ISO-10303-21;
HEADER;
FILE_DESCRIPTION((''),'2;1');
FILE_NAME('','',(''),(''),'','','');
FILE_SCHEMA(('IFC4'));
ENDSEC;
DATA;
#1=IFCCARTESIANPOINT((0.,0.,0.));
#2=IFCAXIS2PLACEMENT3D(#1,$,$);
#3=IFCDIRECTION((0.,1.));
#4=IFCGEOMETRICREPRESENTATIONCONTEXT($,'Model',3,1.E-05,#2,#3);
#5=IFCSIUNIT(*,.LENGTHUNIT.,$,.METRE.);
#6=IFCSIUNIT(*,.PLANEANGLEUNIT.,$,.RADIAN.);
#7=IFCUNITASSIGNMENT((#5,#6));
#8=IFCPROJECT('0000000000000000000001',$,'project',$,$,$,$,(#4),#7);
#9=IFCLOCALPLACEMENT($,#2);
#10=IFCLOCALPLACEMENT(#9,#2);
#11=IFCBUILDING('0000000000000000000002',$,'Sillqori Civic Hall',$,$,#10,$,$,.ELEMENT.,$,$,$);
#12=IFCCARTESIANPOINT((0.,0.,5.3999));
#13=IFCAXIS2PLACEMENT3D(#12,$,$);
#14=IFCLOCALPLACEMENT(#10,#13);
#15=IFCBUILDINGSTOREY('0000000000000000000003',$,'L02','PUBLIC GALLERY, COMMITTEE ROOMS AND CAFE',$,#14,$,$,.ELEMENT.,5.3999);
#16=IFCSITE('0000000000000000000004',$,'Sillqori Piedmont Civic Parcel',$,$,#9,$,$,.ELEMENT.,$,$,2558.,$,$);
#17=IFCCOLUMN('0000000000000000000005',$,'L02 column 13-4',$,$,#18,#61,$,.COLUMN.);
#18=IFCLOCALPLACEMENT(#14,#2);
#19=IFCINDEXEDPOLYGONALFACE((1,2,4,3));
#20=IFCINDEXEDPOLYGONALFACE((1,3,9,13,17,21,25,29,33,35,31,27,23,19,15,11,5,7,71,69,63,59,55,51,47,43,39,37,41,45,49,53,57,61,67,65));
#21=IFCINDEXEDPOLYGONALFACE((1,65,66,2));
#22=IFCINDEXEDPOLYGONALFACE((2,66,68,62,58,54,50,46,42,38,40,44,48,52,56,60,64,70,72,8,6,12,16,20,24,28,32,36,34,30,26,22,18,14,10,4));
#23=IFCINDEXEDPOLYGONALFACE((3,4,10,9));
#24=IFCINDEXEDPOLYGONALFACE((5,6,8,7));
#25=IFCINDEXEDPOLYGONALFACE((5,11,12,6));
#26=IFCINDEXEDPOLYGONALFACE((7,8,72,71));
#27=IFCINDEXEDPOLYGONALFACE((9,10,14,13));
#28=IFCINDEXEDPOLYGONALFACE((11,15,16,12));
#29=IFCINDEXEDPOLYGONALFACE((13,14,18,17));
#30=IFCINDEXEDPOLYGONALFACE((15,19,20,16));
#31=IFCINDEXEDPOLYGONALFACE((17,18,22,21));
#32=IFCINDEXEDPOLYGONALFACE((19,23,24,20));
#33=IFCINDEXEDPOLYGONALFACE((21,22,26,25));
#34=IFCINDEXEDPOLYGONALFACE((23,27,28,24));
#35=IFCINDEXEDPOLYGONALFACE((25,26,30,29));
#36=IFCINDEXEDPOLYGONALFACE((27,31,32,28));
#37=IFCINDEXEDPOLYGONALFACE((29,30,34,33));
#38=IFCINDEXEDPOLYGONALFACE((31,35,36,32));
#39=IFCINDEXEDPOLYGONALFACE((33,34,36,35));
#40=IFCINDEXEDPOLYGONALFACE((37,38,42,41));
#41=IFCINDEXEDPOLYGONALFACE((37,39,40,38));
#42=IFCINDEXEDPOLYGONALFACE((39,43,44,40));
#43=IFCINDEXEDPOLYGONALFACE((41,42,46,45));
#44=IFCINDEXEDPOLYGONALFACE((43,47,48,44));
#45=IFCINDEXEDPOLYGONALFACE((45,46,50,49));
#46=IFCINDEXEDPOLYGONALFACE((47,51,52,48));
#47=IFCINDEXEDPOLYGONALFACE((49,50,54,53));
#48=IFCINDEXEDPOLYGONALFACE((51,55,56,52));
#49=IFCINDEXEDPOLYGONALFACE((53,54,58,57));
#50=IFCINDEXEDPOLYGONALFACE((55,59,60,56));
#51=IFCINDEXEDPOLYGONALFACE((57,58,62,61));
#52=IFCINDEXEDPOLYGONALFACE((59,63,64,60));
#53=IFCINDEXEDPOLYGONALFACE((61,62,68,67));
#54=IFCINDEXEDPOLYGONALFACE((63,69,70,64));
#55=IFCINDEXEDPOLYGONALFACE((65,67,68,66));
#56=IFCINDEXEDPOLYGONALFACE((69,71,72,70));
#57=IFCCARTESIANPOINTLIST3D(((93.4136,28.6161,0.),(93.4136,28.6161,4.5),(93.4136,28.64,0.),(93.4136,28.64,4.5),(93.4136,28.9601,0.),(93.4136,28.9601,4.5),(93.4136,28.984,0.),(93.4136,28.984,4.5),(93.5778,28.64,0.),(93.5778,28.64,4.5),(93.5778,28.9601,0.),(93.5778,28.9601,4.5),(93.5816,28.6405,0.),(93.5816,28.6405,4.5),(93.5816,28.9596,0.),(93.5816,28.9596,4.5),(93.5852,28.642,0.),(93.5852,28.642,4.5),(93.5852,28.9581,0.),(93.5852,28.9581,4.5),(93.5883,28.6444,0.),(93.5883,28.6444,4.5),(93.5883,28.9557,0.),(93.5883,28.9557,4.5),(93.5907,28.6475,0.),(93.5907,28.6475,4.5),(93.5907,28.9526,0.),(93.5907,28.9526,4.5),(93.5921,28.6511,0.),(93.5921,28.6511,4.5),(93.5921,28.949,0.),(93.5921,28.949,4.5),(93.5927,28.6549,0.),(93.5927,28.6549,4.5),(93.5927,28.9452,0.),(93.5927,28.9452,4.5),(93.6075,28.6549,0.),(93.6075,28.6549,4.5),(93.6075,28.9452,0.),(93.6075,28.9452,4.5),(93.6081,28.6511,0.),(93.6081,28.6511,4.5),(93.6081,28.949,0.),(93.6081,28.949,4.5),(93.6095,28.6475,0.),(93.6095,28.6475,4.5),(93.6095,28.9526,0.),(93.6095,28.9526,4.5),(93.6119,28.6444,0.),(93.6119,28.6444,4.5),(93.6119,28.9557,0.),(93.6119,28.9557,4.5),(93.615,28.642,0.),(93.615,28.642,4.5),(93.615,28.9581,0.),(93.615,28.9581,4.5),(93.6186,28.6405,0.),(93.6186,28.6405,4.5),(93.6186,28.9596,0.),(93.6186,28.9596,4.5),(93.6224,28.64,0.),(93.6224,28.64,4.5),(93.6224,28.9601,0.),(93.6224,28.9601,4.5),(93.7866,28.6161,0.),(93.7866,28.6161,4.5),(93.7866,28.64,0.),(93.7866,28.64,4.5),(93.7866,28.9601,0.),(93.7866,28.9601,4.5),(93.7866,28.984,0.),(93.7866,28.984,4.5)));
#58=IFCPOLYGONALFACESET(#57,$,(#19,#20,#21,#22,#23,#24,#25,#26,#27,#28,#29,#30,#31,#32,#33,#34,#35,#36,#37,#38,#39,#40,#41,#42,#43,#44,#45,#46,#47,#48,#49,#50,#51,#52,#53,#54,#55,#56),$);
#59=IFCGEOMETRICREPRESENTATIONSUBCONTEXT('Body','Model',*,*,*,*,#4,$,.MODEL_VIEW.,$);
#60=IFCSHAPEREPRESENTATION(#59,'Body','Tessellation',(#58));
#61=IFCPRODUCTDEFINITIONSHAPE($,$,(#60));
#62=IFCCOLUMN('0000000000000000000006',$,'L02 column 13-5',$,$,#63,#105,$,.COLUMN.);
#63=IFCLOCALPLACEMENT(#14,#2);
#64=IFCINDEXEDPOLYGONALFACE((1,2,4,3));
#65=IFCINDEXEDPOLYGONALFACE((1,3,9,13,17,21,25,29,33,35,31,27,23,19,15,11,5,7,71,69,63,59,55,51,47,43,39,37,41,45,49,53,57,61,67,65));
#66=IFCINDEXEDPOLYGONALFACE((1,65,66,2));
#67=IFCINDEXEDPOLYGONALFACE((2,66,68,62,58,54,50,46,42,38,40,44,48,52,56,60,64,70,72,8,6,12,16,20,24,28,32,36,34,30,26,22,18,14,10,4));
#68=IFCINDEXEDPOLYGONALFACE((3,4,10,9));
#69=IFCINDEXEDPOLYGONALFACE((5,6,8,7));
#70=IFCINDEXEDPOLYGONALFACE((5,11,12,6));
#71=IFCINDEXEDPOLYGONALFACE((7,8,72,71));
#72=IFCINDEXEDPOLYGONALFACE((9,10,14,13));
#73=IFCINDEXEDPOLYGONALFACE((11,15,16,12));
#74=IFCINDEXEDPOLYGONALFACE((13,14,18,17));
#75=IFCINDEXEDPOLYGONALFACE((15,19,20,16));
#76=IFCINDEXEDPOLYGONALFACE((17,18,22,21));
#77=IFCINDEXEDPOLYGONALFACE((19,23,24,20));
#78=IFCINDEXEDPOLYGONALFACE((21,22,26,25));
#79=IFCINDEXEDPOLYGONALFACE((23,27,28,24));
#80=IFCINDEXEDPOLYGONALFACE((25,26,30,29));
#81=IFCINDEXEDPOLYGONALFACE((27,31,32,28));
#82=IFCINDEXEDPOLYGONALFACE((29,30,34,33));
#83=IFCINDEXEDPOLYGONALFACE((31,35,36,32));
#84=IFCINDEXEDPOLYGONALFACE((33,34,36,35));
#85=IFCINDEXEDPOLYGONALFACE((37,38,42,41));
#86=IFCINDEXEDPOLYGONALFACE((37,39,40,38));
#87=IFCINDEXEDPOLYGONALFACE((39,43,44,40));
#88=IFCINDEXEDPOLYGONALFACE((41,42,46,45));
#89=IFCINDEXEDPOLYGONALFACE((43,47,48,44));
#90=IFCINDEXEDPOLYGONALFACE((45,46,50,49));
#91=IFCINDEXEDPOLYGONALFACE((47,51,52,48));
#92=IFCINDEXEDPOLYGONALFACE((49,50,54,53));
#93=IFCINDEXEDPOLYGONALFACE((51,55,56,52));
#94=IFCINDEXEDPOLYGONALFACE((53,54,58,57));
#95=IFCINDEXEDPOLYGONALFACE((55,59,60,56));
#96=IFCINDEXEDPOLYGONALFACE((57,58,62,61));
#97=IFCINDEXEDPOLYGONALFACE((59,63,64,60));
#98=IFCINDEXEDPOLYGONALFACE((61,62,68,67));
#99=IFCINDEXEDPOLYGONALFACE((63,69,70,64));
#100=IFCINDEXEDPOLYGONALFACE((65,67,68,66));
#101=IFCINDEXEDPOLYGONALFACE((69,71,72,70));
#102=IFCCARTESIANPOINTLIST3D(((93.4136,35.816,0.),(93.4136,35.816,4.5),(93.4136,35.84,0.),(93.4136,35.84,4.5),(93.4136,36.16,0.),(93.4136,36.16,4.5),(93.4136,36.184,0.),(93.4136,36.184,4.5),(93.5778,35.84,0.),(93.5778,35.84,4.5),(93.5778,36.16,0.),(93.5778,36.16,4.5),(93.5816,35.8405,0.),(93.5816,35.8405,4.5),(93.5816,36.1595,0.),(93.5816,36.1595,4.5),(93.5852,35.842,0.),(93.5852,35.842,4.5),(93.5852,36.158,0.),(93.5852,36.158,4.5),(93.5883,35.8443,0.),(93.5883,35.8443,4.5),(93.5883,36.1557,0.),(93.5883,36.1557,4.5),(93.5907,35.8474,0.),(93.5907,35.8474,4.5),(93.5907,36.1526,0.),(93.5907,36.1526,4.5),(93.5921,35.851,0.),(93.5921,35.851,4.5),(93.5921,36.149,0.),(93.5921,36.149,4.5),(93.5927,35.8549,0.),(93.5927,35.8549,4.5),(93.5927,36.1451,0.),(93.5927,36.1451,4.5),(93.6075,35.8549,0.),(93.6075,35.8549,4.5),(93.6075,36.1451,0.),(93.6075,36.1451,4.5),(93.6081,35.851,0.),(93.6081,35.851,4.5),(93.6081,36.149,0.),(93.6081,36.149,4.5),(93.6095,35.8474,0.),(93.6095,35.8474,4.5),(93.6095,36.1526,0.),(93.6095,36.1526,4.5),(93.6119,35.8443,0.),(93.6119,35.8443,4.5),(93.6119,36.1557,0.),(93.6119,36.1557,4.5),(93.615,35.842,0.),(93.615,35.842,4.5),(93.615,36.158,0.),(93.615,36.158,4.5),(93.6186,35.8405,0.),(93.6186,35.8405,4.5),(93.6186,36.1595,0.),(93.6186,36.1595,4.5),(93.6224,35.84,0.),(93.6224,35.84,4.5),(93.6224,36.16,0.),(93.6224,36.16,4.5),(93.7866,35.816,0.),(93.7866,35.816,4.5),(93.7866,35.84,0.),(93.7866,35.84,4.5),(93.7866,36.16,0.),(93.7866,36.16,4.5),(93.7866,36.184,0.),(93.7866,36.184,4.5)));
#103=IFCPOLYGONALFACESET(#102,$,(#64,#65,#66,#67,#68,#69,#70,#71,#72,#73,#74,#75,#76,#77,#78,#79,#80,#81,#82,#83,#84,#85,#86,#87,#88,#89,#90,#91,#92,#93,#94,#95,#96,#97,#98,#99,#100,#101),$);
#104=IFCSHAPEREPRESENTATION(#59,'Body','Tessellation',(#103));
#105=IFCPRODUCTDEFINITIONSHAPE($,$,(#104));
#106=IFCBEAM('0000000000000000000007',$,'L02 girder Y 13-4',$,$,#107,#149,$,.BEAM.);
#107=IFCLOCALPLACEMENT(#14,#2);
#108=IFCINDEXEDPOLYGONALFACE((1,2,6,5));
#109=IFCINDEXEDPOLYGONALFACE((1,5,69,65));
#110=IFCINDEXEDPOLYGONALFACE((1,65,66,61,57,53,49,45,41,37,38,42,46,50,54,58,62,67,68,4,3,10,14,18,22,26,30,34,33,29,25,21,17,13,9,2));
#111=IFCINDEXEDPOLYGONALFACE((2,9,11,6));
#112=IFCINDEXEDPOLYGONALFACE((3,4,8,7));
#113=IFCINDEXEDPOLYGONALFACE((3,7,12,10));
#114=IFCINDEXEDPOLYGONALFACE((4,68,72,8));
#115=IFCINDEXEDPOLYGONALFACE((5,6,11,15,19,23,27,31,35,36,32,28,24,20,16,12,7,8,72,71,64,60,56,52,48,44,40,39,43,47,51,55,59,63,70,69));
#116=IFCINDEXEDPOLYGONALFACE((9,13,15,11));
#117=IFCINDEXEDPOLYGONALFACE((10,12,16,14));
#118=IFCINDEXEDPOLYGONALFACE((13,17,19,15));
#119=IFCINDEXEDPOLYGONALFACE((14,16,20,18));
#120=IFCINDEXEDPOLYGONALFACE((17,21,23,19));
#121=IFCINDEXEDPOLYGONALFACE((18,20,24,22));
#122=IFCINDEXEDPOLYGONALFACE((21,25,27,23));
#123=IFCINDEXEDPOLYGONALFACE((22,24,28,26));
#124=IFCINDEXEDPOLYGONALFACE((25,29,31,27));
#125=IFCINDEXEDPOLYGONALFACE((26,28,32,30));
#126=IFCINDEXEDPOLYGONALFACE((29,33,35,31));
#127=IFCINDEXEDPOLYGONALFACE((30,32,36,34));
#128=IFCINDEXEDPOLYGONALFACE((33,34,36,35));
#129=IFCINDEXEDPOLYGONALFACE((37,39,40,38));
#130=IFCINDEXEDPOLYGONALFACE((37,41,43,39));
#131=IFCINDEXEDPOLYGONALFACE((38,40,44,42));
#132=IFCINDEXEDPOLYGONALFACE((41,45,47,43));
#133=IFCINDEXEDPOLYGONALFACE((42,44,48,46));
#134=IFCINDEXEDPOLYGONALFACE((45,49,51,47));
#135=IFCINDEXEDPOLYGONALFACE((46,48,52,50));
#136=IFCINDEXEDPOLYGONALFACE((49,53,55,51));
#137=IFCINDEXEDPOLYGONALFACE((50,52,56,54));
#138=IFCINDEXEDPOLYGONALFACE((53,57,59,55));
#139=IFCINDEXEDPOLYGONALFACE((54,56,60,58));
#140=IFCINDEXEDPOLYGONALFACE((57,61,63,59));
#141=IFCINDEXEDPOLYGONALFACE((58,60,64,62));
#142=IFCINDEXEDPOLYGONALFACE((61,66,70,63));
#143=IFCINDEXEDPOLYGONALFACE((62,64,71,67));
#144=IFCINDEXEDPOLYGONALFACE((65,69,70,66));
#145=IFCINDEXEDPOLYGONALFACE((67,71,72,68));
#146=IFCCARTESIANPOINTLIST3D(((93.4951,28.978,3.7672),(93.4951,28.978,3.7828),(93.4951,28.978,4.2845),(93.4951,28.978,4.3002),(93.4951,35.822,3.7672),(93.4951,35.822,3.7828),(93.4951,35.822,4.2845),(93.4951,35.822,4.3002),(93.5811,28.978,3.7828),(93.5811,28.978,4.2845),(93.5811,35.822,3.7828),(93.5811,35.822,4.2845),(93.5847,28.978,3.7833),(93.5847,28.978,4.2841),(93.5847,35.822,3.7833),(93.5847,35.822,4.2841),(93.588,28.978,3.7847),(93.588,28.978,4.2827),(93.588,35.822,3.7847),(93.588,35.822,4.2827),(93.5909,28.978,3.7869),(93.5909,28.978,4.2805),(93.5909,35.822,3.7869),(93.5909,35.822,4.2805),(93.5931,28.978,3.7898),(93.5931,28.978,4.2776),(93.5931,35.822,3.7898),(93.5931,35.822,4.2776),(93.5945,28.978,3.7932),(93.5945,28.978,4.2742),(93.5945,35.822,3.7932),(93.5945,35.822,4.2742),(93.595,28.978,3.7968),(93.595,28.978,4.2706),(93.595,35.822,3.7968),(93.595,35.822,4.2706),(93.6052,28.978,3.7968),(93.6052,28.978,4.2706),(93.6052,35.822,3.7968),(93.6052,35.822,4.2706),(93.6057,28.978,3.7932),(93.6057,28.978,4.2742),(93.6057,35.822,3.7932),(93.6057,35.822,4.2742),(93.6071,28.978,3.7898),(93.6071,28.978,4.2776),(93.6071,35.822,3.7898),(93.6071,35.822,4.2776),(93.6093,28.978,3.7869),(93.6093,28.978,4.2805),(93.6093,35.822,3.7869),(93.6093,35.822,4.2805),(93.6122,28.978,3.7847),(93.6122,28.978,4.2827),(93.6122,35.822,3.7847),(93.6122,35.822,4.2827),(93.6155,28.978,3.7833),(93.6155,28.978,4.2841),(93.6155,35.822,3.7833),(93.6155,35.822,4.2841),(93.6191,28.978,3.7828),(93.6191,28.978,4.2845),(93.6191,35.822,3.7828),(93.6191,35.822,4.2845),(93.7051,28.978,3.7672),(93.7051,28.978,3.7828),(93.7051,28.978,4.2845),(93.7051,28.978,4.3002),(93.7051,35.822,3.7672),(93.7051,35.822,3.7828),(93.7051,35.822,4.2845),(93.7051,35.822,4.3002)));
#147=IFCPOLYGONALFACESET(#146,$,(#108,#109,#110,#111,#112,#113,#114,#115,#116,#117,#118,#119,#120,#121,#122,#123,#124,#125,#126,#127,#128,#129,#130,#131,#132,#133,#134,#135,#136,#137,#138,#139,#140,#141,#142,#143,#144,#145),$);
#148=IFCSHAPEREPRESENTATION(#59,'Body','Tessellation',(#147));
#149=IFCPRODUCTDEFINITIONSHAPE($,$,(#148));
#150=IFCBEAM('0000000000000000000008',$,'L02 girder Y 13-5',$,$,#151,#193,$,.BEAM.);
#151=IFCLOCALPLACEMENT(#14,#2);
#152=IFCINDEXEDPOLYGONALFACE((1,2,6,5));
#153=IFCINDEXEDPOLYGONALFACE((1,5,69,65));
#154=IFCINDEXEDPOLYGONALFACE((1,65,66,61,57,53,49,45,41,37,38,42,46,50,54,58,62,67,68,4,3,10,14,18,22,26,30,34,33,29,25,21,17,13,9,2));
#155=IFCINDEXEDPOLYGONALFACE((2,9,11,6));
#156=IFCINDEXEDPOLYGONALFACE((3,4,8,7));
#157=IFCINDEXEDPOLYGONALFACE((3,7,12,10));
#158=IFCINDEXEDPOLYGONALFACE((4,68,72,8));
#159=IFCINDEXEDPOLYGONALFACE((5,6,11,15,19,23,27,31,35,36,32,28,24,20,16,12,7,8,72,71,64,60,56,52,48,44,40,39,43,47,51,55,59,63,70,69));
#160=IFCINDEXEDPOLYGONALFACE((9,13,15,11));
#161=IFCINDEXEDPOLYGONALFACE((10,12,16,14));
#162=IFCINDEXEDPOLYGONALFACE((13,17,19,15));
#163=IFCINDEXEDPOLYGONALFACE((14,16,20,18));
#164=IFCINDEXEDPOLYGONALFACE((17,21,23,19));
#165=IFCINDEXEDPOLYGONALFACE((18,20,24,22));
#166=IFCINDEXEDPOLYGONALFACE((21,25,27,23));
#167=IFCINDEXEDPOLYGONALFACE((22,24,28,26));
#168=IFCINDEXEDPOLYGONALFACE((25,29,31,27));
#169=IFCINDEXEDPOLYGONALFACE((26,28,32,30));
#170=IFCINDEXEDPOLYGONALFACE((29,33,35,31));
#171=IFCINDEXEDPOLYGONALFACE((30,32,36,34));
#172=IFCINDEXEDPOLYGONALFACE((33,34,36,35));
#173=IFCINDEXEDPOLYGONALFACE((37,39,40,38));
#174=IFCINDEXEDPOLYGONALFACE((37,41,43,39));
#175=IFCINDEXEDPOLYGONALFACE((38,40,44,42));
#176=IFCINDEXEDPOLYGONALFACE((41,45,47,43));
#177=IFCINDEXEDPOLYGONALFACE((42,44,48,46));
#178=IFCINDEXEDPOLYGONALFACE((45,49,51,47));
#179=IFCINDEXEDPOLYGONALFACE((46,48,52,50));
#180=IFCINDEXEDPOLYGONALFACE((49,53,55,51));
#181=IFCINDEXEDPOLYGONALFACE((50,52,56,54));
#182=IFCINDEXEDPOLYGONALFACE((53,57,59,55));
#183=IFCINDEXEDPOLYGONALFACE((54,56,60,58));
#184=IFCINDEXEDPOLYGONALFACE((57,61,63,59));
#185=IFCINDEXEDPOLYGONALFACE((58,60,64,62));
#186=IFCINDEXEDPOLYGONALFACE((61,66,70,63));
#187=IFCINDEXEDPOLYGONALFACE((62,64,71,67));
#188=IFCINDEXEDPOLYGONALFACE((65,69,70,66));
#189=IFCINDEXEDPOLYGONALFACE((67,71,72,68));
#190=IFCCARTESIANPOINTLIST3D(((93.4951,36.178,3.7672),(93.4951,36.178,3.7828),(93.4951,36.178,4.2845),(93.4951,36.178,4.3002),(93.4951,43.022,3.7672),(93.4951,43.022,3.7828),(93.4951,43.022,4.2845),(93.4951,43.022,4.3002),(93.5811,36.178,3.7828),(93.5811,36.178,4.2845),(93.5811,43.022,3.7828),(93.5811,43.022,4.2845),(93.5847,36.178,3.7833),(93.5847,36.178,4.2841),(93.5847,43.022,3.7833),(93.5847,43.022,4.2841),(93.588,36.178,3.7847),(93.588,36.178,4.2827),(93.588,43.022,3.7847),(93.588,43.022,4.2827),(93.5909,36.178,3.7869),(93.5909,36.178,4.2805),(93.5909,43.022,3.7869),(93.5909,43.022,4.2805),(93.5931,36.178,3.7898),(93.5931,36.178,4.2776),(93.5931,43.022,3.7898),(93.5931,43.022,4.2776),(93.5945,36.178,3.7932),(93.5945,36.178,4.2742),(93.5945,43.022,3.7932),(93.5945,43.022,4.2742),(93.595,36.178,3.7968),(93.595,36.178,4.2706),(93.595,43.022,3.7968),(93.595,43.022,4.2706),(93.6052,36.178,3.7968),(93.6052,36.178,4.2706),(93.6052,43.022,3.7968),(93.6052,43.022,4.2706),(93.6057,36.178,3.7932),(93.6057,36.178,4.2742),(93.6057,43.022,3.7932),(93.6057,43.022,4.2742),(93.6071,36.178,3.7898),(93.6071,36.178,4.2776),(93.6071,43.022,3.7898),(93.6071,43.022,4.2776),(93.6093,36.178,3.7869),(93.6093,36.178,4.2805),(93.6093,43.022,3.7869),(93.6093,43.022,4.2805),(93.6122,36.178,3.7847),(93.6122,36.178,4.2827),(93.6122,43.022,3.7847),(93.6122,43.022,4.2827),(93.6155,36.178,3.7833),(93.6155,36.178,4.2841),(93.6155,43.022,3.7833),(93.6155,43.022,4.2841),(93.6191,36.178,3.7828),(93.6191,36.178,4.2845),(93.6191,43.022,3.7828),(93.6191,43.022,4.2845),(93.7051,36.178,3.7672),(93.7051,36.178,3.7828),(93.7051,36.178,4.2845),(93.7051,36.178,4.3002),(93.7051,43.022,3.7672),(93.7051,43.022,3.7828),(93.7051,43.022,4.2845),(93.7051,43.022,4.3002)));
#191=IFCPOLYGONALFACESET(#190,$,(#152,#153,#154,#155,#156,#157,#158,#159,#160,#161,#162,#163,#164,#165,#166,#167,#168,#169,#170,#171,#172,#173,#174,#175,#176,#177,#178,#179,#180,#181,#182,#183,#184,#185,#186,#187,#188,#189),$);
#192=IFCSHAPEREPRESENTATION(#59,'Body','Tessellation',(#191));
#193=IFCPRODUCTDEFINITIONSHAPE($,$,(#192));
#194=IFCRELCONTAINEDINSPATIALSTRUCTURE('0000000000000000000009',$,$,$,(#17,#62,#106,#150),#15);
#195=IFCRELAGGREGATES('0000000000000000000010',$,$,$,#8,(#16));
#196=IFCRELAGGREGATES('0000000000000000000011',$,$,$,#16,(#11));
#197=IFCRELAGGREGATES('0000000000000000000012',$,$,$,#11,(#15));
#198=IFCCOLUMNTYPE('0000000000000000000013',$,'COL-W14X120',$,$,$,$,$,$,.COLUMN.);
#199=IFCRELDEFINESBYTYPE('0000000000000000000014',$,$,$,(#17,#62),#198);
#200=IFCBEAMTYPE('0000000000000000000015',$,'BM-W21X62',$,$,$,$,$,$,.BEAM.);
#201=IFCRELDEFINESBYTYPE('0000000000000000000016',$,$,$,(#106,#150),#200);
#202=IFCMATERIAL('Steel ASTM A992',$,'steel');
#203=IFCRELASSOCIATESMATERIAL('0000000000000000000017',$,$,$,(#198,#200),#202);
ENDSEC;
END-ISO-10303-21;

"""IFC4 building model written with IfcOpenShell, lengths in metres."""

from ifc_helpers import new_model, si_unit, direction, frame, origin, origin_2d, place, context, subcontext, project, spatial, i_section, extrude, material, material_profile, profile_set, type_object, element, save


model = new_model("IFC4")

# Units and contexts
model_context = context("Model", 3, precision=1e-05, world=origin(), true_north=direction((0.0, 1.0)))
body_context = subcontext(model_context, "Body", "Model", "MODEL_VIEW")
ifc_project = project(units=[si_unit("LENGTHUNIT", "METRE"), si_unit("PLANEANGLEUNIT", "RADIAN")], contexts=[model_context])

# Site, building, storey
site_placement = place(None, origin())
site = spatial("IfcSite", under=ifc_project, at=site_placement, Name="Sillqori Piedmont Civic Parcel", CompositionType="ELEMENT", RefElevation=2558.0)
building_placement = place(site_placement, origin())
building = spatial("IfcBuilding", under=site, at=building_placement, Name="Sillqori Civic Hall", CompositionType="ELEMENT")
storey_placement = place(building_placement, frame((0.0, 0.0, 5.3999)))
storey = spatial("IfcBuildingStorey", under=building, at=storey_placement, Name="L02", Description="PUBLIC GALLERY, COMMITTEE ROOMS AND CAFE", CompositionType="ELEMENT", Elevation=5.3999)

# Columns
ifc_material_1 = material(Name="Steel ASTM A992", Category="steel")
ifc_material_profile_1 = material_profile(ifc_material_1, i_section(OverallWidth=0.373, OverallDepth=0.3679, WebThickness=0.0149, FlangeThickness=0.0239, FilletRadius=0.0149, at=origin_2d()), Name="W14X120")
ifc_profile_set_1 = profile_set([ifc_material_profile_1], Name="Steel ASTM A992")
column_type = type_object("IfcColumnType", Name="COL-W14X120", PredefinedType="COLUMN", material=ifc_profile_set_1)
for number, where, z_axis, x_axis, name in (
    (1, (93.6001, 28.8, 0.0), (0.0, 0.0, 1.0), (1.0, 0.0, 0.0), "L02 column 13-4"),
    (2, (93.6001, 36.0, 0.0), (0.0, 0.0, 1.0), (1.0, 0.0, 0.0), "L02 column 13-5"),
):
    element("IfcColumn", number, at=place(storey_placement, frame(where, z_axis=z_axis, x_axis=x_axis)), inside=storey, type_object=column_type, Name=name, PredefinedType="COLUMN", context=body_context, shape_type="SweptSolid", body=[
        extrude(i_section(OverallWidth=0.373, OverallDepth=0.3679, WebThickness=0.0149, FlangeThickness=0.0239, FilletRadius=0.0149, at=origin_2d()), origin(), (0.0, 0.0, 1.0), 4.5),
    ])

# Beams
ifc_material_profile_2 = material_profile(ifc_material_1, i_section(OverallWidth=0.21, OverallDepth=0.533, WebThickness=0.0103, FlangeThickness=0.0156, FilletRadius=0.0139, at=origin_2d()), Name="W21X62")
ifc_profile_set_2 = profile_set([ifc_material_profile_2], Name="Steel ASTM A992")
beam_type_1 = type_object("IfcBeamType", Name="BM-W21X62", PredefinedType="BEAM", material=ifc_profile_set_2)
for number, where, z_axis, x_axis, name in (
    (3, (93.6001, 28.978, 4.0337), (0.0, 1.0, 0.0), (-1.0, 0.0, 0.0), "L02 girder Y 13-4"),
    (4, (93.6001, 36.178, 4.0337), (0.0, 1.0, 0.0), (-1.0, 0.0, 0.0), "L02 girder Y 13-5"),
):
    element("IfcBeam", number, at=place(storey_placement, frame(where, z_axis=z_axis, x_axis=x_axis)), inside=storey, type_object=beam_type_1, Name=name, PredefinedType="BEAM", context=body_context, shape_type="SweptSolid", body=[
        extrude(i_section(OverallWidth=0.21, OverallDepth=0.533, WebThickness=0.0103, FlangeThickness=0.0156, FilletRadius=0.0139, at=origin_2d()), origin(), (0.0, 0.0, 1.0), 6.844),
    ])

save(model, "model.ifc")
